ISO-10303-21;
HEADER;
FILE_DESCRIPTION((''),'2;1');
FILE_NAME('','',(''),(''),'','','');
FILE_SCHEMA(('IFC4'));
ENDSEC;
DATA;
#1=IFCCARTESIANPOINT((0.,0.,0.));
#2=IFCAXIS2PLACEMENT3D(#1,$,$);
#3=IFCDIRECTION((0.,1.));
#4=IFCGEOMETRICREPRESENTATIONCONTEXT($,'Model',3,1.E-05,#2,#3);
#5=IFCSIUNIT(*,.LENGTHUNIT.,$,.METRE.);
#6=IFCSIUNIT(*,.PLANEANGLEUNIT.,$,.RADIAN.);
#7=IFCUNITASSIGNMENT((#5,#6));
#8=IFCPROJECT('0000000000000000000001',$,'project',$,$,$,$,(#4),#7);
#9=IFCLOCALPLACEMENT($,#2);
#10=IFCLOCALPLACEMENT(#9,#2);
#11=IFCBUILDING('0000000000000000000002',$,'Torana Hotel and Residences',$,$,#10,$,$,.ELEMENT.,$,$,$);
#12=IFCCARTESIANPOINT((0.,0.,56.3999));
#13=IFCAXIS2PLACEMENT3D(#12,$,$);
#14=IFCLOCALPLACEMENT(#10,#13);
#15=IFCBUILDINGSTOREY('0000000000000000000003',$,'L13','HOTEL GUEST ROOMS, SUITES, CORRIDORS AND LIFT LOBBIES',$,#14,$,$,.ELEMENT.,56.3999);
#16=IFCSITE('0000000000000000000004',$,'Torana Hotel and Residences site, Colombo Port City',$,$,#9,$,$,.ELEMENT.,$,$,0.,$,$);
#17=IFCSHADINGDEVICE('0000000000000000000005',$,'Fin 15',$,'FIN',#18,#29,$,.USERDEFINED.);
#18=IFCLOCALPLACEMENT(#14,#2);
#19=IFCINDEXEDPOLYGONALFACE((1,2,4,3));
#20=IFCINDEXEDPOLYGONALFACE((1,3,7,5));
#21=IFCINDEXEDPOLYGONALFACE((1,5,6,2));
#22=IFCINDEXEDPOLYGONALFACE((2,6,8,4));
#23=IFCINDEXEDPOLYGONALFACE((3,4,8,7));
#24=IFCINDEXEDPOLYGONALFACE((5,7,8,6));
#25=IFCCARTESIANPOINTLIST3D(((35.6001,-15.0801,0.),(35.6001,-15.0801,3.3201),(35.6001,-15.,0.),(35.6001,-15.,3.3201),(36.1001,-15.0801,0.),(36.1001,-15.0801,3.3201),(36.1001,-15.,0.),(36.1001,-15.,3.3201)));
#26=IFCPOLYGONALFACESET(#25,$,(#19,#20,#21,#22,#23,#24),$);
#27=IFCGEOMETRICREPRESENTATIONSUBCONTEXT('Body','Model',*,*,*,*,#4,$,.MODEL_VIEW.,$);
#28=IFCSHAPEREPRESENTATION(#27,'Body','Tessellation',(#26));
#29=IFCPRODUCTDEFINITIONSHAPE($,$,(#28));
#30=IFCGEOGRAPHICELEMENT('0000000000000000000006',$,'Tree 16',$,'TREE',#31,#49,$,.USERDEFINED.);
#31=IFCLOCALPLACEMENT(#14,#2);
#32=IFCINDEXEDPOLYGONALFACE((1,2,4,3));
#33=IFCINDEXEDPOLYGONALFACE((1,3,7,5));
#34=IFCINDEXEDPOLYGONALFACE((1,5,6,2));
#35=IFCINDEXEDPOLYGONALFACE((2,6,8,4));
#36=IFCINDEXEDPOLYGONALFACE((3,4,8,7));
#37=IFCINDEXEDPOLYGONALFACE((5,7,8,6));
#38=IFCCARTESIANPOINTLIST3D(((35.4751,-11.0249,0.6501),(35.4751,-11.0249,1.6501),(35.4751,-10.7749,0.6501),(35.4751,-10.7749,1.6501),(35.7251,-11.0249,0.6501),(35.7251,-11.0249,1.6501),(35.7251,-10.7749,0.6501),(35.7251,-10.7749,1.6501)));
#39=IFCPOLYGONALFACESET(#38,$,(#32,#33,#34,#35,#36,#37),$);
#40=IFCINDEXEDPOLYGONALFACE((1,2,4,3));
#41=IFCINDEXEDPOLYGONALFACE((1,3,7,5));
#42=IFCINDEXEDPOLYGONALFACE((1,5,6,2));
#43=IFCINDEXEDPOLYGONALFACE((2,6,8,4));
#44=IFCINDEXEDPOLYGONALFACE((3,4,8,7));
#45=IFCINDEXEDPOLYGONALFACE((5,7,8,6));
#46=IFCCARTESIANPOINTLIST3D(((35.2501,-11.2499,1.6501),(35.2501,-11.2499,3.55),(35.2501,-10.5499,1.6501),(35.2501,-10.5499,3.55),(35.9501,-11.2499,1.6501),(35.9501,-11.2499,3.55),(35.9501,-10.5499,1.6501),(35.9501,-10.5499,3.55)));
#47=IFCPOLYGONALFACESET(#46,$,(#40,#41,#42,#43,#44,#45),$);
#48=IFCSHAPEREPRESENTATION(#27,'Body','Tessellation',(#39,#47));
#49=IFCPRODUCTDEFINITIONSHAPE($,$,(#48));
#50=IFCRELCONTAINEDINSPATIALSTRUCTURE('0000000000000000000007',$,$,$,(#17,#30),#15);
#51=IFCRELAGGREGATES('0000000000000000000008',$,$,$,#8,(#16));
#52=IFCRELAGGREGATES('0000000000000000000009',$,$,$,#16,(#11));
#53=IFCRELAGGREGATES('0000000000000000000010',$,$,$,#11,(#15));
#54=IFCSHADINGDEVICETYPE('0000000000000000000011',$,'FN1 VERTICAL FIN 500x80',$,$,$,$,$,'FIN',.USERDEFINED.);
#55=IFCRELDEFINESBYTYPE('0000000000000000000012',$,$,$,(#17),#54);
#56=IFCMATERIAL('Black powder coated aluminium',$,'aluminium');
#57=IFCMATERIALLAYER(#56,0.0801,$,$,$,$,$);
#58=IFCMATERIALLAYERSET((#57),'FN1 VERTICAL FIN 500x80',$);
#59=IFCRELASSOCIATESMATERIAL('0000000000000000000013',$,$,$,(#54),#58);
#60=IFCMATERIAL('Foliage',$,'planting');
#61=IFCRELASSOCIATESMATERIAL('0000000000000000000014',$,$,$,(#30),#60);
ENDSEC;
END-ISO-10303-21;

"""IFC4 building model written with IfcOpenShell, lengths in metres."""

from ifc_helpers import new_model, si_unit, direction, frame, origin, origin_2d, place, context, subcontext, project, spatial, rectangle, extrude, material, layer, layer_set, type_object, element, save


model = new_model("IFC4")

# Units and contexts
model_context = context("Model", 3, precision=1e-05, world=origin(), true_north=direction((0.0, 1.0)))
body_context = subcontext(model_context, "Body", "Model", "MODEL_VIEW")
ifc_project = project(units=[si_unit("LENGTHUNIT", "METRE"), si_unit("PLANEANGLEUNIT", "RADIAN")], contexts=[model_context])

# Site, building, storey
site_placement = place(None, origin())
site = spatial("IfcSite", under=ifc_project, at=site_placement, Name="Torana Hotel and Residences site, Colombo Port City", CompositionType="ELEMENT", RefElevation=0.0)
building_placement = place(site_placement, origin())
building = spatial("IfcBuilding", under=site, at=building_placement, Name="Torana Hotel and Residences", CompositionType="ELEMENT")
storey_placement = place(building_placement, frame((0.0, 0.0, 56.3999)))
storey = spatial("IfcBuildingStorey", under=building, at=storey_placement, Name="L13", Description="HOTEL GUEST ROOMS, SUITES, CORRIDORS AND LIFT LOBBIES", CompositionType="ELEMENT", Elevation=56.3999)

# Shading device
ifc_material_1 = material(Name="Black powder coated aluminium", Category="aluminium")
ifc_layer_1 = layer(ifc_material_1, 0.0801)
ifc_layer_set_1 = layer_set([ifc_layer_1], Name="FN1 VERTICAL FIN 500x80")
shading_device_type = type_object("IfcShadingDeviceType", Name="FN1 VERTICAL FIN 500x80", ElementType="FIN", PredefinedType="USERDEFINED", material=ifc_layer_set_1)
shading_device_placement = place(storey_placement, frame((35.8501, -15.04, 0.0), z_axis=(0.0, 0.0, 1.0), x_axis=(0.0, -1.0, 0.0)))
element("IfcShadingDevice", 1, at=shading_device_placement, inside=storey, type_object=shading_device_type, Name="Fin 15", ObjectType="FIN", PredefinedType="USERDEFINED", context=body_context, shape_type="SweptSolid", body=[
    extrude(rectangle(XDim=0.0801, YDim=0.5, at=origin_2d()), origin(), (0.0, 0.0, 1.0), 3.3201),
])

# Geographic element
ifc_material_2 = material(Name="Foliage", Category="planting")
geographic_element_placement = place(storey_placement, frame((35.6001, -10.8999, 0.6501), z_axis=(0.0, 0.0, 1.0), x_axis=(1.0, 0.0, 0.0)))
element("IfcGeographicElement", 2, at=geographic_element_placement, inside=storey, material=ifc_material_2, Name="Tree 16", ObjectType="TREE", PredefinedType="USERDEFINED", context=body_context, shape_type="SweptSolid", body=[
    extrude(rectangle(XDim=0.25, YDim=0.25, at=origin_2d()), origin(), (0.0, 0.0, 1.0), 1.0),
    extrude(rectangle(XDim=0.7, YDim=0.7, at=origin_2d()), frame((0.0, 0.0, 1.0)), (0.0, 0.0, 1.0), 1.8999),
])

save(model, "model.ifc")
